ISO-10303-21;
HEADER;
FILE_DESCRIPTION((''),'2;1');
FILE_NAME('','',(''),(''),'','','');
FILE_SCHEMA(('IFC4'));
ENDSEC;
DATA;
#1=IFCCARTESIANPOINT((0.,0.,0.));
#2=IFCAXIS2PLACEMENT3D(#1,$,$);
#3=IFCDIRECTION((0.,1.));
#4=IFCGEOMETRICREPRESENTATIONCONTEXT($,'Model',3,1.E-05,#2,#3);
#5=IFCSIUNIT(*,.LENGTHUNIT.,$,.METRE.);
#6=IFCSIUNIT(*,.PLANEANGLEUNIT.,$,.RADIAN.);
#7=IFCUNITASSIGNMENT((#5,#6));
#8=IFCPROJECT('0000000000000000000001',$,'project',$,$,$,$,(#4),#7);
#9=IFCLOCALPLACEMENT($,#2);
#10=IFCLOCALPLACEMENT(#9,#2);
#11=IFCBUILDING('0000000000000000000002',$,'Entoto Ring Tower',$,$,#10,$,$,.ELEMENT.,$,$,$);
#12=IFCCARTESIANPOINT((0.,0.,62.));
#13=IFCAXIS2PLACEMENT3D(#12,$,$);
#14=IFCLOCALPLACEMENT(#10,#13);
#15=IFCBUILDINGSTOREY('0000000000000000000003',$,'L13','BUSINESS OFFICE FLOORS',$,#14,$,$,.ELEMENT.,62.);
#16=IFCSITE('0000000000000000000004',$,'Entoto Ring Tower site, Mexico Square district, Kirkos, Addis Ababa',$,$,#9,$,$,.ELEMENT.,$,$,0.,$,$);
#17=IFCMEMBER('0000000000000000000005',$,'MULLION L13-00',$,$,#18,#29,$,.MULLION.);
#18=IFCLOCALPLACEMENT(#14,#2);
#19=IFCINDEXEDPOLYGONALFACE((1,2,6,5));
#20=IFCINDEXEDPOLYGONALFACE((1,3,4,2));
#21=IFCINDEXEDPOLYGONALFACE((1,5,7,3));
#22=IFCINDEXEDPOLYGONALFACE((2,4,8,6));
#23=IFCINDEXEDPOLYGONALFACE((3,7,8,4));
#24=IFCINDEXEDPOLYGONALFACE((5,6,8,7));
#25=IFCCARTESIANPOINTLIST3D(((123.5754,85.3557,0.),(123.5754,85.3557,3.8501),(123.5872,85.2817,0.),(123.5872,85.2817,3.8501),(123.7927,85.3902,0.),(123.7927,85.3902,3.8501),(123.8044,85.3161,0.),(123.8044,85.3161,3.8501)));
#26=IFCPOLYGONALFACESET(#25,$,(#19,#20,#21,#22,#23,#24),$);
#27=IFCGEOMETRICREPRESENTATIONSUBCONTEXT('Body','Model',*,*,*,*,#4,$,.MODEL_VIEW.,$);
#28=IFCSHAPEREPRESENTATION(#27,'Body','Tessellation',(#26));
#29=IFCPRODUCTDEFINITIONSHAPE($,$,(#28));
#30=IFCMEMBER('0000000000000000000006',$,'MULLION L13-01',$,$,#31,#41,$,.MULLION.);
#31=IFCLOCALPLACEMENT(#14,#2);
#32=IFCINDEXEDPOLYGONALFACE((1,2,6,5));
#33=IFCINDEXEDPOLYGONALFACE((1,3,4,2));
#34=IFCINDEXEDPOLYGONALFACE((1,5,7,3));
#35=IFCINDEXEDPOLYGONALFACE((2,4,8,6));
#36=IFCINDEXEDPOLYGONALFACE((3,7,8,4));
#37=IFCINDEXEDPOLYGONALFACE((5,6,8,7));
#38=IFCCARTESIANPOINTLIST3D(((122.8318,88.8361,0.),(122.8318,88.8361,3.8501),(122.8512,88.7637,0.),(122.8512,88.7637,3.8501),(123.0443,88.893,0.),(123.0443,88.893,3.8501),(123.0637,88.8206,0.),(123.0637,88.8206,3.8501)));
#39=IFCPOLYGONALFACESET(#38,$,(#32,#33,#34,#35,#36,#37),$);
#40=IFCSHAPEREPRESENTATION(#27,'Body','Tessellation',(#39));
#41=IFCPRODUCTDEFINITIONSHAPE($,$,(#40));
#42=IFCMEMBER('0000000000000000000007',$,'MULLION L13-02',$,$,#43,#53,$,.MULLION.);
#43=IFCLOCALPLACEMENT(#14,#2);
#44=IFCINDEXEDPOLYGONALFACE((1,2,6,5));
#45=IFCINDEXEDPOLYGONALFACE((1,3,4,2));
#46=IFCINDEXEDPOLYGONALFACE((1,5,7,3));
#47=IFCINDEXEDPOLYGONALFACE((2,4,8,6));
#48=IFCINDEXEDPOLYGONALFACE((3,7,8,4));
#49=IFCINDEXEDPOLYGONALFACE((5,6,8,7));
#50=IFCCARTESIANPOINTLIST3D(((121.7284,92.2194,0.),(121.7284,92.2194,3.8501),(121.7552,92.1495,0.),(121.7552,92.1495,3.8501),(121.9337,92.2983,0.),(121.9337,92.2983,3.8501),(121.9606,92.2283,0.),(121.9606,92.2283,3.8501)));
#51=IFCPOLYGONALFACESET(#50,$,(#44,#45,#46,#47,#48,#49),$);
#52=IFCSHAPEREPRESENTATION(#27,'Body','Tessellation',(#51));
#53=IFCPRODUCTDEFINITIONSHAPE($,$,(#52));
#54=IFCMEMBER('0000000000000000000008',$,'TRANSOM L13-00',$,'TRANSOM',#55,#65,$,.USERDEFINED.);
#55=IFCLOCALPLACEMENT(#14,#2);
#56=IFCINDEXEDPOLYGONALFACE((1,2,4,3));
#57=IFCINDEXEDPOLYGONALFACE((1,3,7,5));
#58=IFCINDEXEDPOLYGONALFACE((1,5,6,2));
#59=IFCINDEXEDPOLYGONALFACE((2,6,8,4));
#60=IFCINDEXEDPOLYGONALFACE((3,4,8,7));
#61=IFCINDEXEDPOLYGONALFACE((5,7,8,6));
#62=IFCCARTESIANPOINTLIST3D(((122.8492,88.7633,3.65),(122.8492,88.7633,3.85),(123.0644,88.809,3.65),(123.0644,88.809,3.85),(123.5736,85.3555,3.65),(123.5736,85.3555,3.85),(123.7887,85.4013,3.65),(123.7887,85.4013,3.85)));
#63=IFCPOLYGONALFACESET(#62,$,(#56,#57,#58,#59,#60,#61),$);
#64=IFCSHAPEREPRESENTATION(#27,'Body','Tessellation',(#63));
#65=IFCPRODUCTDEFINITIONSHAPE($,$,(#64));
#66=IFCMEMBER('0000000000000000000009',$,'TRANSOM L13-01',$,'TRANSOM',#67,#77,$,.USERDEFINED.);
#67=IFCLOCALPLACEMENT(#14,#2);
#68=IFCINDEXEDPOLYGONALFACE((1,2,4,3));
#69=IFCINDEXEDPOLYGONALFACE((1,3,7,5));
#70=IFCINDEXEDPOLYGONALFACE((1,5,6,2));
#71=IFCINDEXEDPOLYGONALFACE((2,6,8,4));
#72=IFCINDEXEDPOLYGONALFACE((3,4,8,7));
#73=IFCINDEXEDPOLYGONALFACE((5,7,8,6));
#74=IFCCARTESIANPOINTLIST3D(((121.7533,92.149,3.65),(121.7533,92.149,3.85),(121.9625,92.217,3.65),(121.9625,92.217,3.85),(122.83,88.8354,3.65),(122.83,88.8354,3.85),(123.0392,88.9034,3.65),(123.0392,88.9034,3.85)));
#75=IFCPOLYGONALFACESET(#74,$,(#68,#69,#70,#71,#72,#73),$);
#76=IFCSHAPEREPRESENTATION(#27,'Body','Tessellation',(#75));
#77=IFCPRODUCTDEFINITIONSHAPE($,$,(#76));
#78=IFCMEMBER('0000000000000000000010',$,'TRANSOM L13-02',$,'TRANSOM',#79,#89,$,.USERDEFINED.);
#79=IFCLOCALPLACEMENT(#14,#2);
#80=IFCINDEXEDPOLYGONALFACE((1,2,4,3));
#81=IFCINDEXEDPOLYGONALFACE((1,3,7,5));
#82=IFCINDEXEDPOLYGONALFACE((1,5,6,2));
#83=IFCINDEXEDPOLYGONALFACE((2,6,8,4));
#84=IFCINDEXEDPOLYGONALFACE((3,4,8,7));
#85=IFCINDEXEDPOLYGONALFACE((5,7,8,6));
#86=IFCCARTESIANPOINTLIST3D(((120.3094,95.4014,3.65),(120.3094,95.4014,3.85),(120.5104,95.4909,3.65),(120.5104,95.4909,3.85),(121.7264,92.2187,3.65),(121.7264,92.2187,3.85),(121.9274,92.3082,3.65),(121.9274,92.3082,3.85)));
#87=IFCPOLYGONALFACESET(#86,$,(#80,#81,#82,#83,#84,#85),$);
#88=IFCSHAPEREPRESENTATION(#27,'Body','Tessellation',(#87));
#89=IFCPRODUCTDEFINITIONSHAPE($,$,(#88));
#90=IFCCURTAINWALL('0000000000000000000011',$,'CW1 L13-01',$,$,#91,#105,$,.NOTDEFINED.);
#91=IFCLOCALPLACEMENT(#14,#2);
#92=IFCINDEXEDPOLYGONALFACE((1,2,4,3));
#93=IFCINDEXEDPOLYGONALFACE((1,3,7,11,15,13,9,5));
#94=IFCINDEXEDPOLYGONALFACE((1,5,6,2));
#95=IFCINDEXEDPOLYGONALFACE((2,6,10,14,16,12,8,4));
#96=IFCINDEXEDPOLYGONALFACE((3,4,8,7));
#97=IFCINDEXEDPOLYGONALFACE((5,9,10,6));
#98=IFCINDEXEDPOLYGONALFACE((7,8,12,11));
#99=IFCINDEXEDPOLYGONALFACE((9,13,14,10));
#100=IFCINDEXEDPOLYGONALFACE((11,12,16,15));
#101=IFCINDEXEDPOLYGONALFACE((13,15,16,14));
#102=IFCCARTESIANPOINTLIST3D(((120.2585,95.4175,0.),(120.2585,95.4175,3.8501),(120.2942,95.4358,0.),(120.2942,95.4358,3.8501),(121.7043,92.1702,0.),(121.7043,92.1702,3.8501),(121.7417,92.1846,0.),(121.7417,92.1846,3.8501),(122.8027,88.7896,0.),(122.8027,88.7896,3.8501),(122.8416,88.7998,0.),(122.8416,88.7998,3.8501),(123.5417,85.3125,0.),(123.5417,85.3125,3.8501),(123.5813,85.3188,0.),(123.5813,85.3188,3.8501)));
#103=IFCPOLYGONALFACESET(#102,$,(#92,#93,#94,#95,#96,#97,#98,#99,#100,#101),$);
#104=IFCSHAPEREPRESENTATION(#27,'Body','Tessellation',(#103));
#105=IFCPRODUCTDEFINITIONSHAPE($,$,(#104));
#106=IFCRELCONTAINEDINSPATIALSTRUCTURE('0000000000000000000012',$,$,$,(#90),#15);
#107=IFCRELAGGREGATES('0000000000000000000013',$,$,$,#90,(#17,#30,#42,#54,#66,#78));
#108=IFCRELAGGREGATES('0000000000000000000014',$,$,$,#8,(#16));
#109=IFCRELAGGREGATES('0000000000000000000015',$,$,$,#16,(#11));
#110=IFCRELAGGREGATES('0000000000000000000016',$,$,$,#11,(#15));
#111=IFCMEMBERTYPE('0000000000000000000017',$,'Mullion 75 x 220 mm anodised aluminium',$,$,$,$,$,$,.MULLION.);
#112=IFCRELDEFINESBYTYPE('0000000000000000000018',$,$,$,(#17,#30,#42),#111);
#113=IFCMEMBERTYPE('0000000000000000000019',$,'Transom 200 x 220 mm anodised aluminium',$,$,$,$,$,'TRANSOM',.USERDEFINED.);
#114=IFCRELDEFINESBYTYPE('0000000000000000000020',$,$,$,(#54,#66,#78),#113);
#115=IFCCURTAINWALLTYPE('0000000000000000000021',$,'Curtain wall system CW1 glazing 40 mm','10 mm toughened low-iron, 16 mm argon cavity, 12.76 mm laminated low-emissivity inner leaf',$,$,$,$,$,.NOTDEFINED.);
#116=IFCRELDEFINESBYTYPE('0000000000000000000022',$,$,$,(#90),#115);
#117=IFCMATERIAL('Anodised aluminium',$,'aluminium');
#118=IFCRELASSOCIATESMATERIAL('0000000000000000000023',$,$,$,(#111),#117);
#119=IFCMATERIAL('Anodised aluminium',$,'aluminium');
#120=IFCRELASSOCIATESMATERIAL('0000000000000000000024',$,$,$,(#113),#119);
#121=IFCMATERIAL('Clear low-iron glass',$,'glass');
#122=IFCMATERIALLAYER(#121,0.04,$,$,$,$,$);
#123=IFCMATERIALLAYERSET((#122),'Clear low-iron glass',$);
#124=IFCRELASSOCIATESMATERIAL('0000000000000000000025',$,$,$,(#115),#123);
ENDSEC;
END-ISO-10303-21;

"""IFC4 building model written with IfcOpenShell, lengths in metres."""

from ifc_helpers import new_model, si_unit, direction, frame, origin, origin_2d, place, context, subcontext, project, spatial, polyline, rectangle, outline, extrude, material, layer, layer_set, material_profile, profile_set, type_object, element, aggregate, save


model = new_model("IFC4")

# Units and contexts
model_context = context("Model", 3, precision=1e-05, world=origin(), true_north=direction((0.0, 1.0)))
body_context = subcontext(model_context, "Body", "Model", "MODEL_VIEW")
ifc_project = project(units=[si_unit("LENGTHUNIT", "METRE"), si_unit("PLANEANGLEUNIT", "RADIAN")], contexts=[model_context])

# Members
ifc_material_1 = material(Name="Anodised aluminium", Category="aluminium")
ifc_material_profile_1 = material_profile(ifc_material_1, rectangle(XDim=0.075, YDim=0.22, at=origin_2d()), Name="Mullion 75 x 220 mm anodised aluminium")
ifc_profile_set_1 = profile_set([ifc_material_profile_1], Name="Anodised aluminium")
member_type_1 = type_object("IfcMemberType", Name="Mullion 75 x 220 mm anodised aluminium", PredefinedType="MULLION", material=ifc_profile_set_1)
site_placement = place(None, origin())
building_placement = place(site_placement, origin())
storey_placement = place(building_placement, frame((0.0, 0.0, 62.0)))
member_1_placement = place(storey_placement, frame((123.6899, 85.3359, 0.0), z_axis=(0.0, 0.0, 1.0), x_axis=(-0.156434, 0.987688, 0.0)))
member_1 = element("IfcMember", 1, at=member_1_placement, type_object=member_type_1, Name="MULLION L13-00", PredefinedType="MULLION", context=body_context, shape_type="SweptSolid", body=[
    extrude(rectangle(XDim=0.075, YDim=0.22, at=origin_2d()), origin(), (0.0, 0.0, 1.0), 3.8501),
])
member_2_placement = place(storey_placement, frame((122.9478, 88.8284, 0.0), z_axis=(0.0, 0.0, 1.0), x_axis=(-0.258819, 0.965926, 0.0)))
member_2 = element("IfcMember", 2, at=member_2_placement, type_object=member_type_1, Name="MULLION L13-01", PredefinedType="MULLION", context=body_context, shape_type="SweptSolid", body=[
    extrude(rectangle(XDim=0.075, YDim=0.22, at=origin_2d()), origin(), (0.0, 0.0, 1.0), 3.8501),
])
member_3_placement = place(storey_placement, frame((121.8445, 92.2239, 0.0), z_axis=(0.0, 0.0, 1.0), x_axis=(-0.358368, 0.93358, 0.0)))
member_3 = element("IfcMember", 3, at=member_3_placement, type_object=member_type_1, Name="MULLION L13-02", PredefinedType="MULLION", context=body_context, shape_type="SweptSolid", body=[
    extrude(rectangle(XDim=0.075, YDim=0.22, at=origin_2d()), origin(), (0.0, 0.0, 1.0), 3.8501),
])
ifc_material_2 = material(Name="Anodised aluminium", Category="aluminium")
ifc_material_profile_2 = material_profile(ifc_material_2, rectangle(XDim=0.22, YDim=0.2, at=origin_2d()), Name="Transom 200 x 220 mm anodised aluminium")
ifc_profile_set_2 = profile_set([ifc_material_profile_2], Name="Anodised aluminium")
member_type_2 = type_object("IfcMemberType", Name="Transom 200 x 220 mm anodised aluminium", ElementType="TRANSOM", PredefinedType="USERDEFINED", material=ifc_profile_set_2)
member_4_placement = place(storey_placement, frame((123.6812, 85.3784, 3.75), z_axis=(-0.207921, 0.978146, 0.0), x_axis=(-0.978146, -0.207921, 0.0)))
member_4 = element("IfcMember", 4, at=member_4_placement, type_object=member_type_2, Name="TRANSOM L13-00", ObjectType="TRANSOM", PredefinedType="USERDEFINED", context=body_context, shape_type="SweptSolid", body=[
    extrude(rectangle(XDim=0.22, YDim=0.2, at=origin_2d()), origin(), (0.0, 0.0, 1.0), 3.4839),
])
member_5_placement = place(storey_placement, frame((122.9346, 88.8694, 3.75), z_axis=(-0.309029, 0.951053, 0.0), x_axis=(-0.951053, -0.309029, 0.0)))
member_5 = element("IfcMember", 5, at=member_5_placement, type_object=member_type_2, Name="TRANSOM L13-01", ObjectType="TRANSOM", PredefinedType="USERDEFINED", context=body_context, shape_type="SweptSolid", body=[
    extrude(rectangle(XDim=0.22, YDim=0.2, at=origin_2d()), origin(), (0.0, 0.0, 1.0), 3.4841),
])
member_6_placement = place(storey_placement, frame((121.8269, 92.2634, 3.75), z_axis=(-0.406737, 0.913545, 0.0), x_axis=(-0.913545, -0.406737, 0.0)))
member_6 = element("IfcMember", 6, at=member_6_placement, type_object=member_type_2, Name="TRANSOM L13-02", ObjectType="TRANSOM", PredefinedType="USERDEFINED", context=body_context, shape_type="SweptSolid", body=[
    extrude(rectangle(XDim=0.22, YDim=0.2, at=origin_2d()), origin(), (0.0, 0.0, 1.0), 3.4839),
])

# Site, building, storey
site = spatial("IfcSite", under=ifc_project, at=site_placement, Name="Entoto Ring Tower site, Mexico Square district, Kirkos, Addis Ababa", CompositionType="ELEMENT", RefElevation=0.0)
building = spatial("IfcBuilding", under=site, at=building_placement, Name="Entoto Ring Tower", CompositionType="ELEMENT")
storey = spatial("IfcBuildingStorey", under=building, at=storey_placement, Name="L13", Description="BUSINESS OFFICE FLOORS", CompositionType="ELEMENT", Elevation=62.0)

# Curtain wall
ifc_material_3 = material(Name="Clear low-iron glass", Category="glass")
ifc_layer_1 = layer(ifc_material_3, 0.04)
ifc_layer_set_1 = layer_set([ifc_layer_1], Name="Clear low-iron glass")
curtain_wall_type = type_object("IfcCurtainWallType", Name="Curtain wall system CW1 glazing 40 mm", Description="10 mm toughened low-iron, 16 mm argon cavity, 12.76 mm laminated low-emissivity inner leaf", PredefinedType="NOTDEFINED", material=ifc_layer_set_1)
curtain_wall_1_placement = place(storey_placement, origin())
curtain_wall_1 = element("IfcCurtainWall", 7, at=curtain_wall_1_placement, inside=storey, type_object=curtain_wall_type, Name="CW1 L13-01", PredefinedType="NOTDEFINED", context=body_context, shape_type="SweptSolid", body=[
    extrude(outline(polyline([(123.5813, 85.3188), (122.8416, 88.7998), (121.7417, 92.1846), (120.2942, 95.4358), (120.2585, 95.4175), (121.7043, 92.1702), (122.8027, 88.7896), (123.5417, 85.3125), (123.5813, 85.3188)])), origin(), (0.0, 0.0, 1.0), 3.8501),
])
aggregate(curtain_wall_1, [member_1, member_2, member_3, member_4, member_5, member_6])

save(model, "model.ifc")
